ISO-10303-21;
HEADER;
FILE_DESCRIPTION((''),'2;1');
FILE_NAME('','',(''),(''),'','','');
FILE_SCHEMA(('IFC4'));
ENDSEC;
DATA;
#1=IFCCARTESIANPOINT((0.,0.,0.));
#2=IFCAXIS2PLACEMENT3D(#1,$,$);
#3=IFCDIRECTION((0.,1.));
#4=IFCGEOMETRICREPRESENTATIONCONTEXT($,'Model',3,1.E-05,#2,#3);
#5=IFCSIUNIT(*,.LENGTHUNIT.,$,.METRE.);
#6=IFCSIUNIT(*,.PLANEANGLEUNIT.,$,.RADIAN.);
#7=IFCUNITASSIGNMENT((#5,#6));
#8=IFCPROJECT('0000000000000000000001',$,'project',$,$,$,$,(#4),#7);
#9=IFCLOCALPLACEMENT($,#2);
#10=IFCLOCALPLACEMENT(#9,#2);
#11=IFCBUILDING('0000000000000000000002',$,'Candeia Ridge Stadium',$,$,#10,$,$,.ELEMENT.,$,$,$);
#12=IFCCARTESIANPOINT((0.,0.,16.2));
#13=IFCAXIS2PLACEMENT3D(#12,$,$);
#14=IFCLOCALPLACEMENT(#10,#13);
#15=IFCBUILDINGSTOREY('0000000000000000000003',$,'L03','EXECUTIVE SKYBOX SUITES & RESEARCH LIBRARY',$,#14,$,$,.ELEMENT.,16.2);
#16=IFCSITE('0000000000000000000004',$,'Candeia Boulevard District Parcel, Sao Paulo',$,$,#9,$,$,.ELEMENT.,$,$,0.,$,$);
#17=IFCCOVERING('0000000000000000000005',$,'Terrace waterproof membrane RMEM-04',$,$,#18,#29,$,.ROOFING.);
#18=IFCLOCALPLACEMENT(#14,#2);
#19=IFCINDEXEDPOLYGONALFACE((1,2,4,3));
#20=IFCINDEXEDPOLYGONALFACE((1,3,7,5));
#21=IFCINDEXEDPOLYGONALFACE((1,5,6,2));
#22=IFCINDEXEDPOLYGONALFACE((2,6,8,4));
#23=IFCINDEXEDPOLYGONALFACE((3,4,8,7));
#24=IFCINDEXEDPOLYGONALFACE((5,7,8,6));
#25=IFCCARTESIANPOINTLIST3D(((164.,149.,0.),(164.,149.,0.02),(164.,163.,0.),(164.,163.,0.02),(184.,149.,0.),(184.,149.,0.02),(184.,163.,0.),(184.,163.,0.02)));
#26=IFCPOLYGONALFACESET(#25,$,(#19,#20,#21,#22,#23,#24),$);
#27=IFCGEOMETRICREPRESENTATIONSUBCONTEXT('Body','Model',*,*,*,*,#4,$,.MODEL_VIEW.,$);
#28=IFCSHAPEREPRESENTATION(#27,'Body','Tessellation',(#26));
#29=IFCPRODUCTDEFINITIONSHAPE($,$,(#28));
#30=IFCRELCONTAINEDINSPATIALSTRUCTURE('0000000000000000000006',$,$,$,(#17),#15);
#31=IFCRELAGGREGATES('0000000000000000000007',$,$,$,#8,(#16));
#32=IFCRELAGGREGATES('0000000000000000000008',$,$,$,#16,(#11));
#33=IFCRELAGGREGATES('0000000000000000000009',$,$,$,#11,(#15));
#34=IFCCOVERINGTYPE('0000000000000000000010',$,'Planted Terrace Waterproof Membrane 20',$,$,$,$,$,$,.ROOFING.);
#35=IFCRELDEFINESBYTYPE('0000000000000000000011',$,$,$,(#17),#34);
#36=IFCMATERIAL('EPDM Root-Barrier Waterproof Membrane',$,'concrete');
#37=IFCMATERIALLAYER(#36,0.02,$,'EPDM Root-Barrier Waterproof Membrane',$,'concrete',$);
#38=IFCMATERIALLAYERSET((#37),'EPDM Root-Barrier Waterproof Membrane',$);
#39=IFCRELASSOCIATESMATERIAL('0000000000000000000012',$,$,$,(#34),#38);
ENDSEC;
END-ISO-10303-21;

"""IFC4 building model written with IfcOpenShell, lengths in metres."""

from ifc_helpers import new_model, si_unit, direction, frame, origin, place, context, subcontext, project, spatial, polyline, outline, extrude, material, layer, layer_set, type_object, element, save


model = new_model("IFC4")

# Units and contexts
model_context = context("Model", 3, precision=1e-05, world=origin(), true_north=direction((0.0, 1.0)))
body_context = subcontext(model_context, "Body", "Model", "MODEL_VIEW")
ifc_project = project(units=[si_unit("LENGTHUNIT", "METRE"), si_unit("PLANEANGLEUNIT", "RADIAN")], contexts=[model_context])

# Site, building, storey
site_placement = place(None, origin())
site = spatial("IfcSite", under=ifc_project, at=site_placement, Name="Candeia Boulevard District Parcel, Sao Paulo", CompositionType="ELEMENT", RefElevation=0.0)
building_placement = place(site_placement, origin())
building = spatial("IfcBuilding", under=site, at=building_placement, Name="Candeia Ridge Stadium", CompositionType="ELEMENT")
storey_placement = place(building_placement, frame((0.0, 0.0, 16.2)))
storey = spatial("IfcBuildingStorey", under=building, at=storey_placement, Name="L03", Description="EXECUTIVE SKYBOX SUITES & RESEARCH LIBRARY", CompositionType="ELEMENT", Elevation=16.2)

# Covering
ifc_material_1 = material(Name="EPDM Root-Barrier Waterproof Membrane", Category="concrete")
ifc_layer_1 = layer(ifc_material_1, 0.02, Name="EPDM Root-Barrier Waterproof Membrane", Category="concrete")
ifc_layer_set_1 = layer_set([ifc_layer_1], Name="EPDM Root-Barrier Waterproof Membrane")
covering_type = type_object("IfcCoveringType", Name="Planted Terrace Waterproof Membrane 20", PredefinedType="ROOFING", material=ifc_layer_set_1)
covering_1_placement = place(storey_placement, origin())
element("IfcCovering", 1, at=covering_1_placement, inside=storey, type_object=covering_type, Name="Terrace waterproof membrane RMEM-04", PredefinedType="ROOFING", context=body_context, shape_type="SweptSolid", body=[
    extrude(outline(polyline([(164.0, 149.0), (184.0, 149.0), (184.0, 163.0), (164.0, 163.0), (164.0, 149.0)])), origin(), (0.0, 0.0, 1.0), 0.02),
])

save(model, "model.ifc")
